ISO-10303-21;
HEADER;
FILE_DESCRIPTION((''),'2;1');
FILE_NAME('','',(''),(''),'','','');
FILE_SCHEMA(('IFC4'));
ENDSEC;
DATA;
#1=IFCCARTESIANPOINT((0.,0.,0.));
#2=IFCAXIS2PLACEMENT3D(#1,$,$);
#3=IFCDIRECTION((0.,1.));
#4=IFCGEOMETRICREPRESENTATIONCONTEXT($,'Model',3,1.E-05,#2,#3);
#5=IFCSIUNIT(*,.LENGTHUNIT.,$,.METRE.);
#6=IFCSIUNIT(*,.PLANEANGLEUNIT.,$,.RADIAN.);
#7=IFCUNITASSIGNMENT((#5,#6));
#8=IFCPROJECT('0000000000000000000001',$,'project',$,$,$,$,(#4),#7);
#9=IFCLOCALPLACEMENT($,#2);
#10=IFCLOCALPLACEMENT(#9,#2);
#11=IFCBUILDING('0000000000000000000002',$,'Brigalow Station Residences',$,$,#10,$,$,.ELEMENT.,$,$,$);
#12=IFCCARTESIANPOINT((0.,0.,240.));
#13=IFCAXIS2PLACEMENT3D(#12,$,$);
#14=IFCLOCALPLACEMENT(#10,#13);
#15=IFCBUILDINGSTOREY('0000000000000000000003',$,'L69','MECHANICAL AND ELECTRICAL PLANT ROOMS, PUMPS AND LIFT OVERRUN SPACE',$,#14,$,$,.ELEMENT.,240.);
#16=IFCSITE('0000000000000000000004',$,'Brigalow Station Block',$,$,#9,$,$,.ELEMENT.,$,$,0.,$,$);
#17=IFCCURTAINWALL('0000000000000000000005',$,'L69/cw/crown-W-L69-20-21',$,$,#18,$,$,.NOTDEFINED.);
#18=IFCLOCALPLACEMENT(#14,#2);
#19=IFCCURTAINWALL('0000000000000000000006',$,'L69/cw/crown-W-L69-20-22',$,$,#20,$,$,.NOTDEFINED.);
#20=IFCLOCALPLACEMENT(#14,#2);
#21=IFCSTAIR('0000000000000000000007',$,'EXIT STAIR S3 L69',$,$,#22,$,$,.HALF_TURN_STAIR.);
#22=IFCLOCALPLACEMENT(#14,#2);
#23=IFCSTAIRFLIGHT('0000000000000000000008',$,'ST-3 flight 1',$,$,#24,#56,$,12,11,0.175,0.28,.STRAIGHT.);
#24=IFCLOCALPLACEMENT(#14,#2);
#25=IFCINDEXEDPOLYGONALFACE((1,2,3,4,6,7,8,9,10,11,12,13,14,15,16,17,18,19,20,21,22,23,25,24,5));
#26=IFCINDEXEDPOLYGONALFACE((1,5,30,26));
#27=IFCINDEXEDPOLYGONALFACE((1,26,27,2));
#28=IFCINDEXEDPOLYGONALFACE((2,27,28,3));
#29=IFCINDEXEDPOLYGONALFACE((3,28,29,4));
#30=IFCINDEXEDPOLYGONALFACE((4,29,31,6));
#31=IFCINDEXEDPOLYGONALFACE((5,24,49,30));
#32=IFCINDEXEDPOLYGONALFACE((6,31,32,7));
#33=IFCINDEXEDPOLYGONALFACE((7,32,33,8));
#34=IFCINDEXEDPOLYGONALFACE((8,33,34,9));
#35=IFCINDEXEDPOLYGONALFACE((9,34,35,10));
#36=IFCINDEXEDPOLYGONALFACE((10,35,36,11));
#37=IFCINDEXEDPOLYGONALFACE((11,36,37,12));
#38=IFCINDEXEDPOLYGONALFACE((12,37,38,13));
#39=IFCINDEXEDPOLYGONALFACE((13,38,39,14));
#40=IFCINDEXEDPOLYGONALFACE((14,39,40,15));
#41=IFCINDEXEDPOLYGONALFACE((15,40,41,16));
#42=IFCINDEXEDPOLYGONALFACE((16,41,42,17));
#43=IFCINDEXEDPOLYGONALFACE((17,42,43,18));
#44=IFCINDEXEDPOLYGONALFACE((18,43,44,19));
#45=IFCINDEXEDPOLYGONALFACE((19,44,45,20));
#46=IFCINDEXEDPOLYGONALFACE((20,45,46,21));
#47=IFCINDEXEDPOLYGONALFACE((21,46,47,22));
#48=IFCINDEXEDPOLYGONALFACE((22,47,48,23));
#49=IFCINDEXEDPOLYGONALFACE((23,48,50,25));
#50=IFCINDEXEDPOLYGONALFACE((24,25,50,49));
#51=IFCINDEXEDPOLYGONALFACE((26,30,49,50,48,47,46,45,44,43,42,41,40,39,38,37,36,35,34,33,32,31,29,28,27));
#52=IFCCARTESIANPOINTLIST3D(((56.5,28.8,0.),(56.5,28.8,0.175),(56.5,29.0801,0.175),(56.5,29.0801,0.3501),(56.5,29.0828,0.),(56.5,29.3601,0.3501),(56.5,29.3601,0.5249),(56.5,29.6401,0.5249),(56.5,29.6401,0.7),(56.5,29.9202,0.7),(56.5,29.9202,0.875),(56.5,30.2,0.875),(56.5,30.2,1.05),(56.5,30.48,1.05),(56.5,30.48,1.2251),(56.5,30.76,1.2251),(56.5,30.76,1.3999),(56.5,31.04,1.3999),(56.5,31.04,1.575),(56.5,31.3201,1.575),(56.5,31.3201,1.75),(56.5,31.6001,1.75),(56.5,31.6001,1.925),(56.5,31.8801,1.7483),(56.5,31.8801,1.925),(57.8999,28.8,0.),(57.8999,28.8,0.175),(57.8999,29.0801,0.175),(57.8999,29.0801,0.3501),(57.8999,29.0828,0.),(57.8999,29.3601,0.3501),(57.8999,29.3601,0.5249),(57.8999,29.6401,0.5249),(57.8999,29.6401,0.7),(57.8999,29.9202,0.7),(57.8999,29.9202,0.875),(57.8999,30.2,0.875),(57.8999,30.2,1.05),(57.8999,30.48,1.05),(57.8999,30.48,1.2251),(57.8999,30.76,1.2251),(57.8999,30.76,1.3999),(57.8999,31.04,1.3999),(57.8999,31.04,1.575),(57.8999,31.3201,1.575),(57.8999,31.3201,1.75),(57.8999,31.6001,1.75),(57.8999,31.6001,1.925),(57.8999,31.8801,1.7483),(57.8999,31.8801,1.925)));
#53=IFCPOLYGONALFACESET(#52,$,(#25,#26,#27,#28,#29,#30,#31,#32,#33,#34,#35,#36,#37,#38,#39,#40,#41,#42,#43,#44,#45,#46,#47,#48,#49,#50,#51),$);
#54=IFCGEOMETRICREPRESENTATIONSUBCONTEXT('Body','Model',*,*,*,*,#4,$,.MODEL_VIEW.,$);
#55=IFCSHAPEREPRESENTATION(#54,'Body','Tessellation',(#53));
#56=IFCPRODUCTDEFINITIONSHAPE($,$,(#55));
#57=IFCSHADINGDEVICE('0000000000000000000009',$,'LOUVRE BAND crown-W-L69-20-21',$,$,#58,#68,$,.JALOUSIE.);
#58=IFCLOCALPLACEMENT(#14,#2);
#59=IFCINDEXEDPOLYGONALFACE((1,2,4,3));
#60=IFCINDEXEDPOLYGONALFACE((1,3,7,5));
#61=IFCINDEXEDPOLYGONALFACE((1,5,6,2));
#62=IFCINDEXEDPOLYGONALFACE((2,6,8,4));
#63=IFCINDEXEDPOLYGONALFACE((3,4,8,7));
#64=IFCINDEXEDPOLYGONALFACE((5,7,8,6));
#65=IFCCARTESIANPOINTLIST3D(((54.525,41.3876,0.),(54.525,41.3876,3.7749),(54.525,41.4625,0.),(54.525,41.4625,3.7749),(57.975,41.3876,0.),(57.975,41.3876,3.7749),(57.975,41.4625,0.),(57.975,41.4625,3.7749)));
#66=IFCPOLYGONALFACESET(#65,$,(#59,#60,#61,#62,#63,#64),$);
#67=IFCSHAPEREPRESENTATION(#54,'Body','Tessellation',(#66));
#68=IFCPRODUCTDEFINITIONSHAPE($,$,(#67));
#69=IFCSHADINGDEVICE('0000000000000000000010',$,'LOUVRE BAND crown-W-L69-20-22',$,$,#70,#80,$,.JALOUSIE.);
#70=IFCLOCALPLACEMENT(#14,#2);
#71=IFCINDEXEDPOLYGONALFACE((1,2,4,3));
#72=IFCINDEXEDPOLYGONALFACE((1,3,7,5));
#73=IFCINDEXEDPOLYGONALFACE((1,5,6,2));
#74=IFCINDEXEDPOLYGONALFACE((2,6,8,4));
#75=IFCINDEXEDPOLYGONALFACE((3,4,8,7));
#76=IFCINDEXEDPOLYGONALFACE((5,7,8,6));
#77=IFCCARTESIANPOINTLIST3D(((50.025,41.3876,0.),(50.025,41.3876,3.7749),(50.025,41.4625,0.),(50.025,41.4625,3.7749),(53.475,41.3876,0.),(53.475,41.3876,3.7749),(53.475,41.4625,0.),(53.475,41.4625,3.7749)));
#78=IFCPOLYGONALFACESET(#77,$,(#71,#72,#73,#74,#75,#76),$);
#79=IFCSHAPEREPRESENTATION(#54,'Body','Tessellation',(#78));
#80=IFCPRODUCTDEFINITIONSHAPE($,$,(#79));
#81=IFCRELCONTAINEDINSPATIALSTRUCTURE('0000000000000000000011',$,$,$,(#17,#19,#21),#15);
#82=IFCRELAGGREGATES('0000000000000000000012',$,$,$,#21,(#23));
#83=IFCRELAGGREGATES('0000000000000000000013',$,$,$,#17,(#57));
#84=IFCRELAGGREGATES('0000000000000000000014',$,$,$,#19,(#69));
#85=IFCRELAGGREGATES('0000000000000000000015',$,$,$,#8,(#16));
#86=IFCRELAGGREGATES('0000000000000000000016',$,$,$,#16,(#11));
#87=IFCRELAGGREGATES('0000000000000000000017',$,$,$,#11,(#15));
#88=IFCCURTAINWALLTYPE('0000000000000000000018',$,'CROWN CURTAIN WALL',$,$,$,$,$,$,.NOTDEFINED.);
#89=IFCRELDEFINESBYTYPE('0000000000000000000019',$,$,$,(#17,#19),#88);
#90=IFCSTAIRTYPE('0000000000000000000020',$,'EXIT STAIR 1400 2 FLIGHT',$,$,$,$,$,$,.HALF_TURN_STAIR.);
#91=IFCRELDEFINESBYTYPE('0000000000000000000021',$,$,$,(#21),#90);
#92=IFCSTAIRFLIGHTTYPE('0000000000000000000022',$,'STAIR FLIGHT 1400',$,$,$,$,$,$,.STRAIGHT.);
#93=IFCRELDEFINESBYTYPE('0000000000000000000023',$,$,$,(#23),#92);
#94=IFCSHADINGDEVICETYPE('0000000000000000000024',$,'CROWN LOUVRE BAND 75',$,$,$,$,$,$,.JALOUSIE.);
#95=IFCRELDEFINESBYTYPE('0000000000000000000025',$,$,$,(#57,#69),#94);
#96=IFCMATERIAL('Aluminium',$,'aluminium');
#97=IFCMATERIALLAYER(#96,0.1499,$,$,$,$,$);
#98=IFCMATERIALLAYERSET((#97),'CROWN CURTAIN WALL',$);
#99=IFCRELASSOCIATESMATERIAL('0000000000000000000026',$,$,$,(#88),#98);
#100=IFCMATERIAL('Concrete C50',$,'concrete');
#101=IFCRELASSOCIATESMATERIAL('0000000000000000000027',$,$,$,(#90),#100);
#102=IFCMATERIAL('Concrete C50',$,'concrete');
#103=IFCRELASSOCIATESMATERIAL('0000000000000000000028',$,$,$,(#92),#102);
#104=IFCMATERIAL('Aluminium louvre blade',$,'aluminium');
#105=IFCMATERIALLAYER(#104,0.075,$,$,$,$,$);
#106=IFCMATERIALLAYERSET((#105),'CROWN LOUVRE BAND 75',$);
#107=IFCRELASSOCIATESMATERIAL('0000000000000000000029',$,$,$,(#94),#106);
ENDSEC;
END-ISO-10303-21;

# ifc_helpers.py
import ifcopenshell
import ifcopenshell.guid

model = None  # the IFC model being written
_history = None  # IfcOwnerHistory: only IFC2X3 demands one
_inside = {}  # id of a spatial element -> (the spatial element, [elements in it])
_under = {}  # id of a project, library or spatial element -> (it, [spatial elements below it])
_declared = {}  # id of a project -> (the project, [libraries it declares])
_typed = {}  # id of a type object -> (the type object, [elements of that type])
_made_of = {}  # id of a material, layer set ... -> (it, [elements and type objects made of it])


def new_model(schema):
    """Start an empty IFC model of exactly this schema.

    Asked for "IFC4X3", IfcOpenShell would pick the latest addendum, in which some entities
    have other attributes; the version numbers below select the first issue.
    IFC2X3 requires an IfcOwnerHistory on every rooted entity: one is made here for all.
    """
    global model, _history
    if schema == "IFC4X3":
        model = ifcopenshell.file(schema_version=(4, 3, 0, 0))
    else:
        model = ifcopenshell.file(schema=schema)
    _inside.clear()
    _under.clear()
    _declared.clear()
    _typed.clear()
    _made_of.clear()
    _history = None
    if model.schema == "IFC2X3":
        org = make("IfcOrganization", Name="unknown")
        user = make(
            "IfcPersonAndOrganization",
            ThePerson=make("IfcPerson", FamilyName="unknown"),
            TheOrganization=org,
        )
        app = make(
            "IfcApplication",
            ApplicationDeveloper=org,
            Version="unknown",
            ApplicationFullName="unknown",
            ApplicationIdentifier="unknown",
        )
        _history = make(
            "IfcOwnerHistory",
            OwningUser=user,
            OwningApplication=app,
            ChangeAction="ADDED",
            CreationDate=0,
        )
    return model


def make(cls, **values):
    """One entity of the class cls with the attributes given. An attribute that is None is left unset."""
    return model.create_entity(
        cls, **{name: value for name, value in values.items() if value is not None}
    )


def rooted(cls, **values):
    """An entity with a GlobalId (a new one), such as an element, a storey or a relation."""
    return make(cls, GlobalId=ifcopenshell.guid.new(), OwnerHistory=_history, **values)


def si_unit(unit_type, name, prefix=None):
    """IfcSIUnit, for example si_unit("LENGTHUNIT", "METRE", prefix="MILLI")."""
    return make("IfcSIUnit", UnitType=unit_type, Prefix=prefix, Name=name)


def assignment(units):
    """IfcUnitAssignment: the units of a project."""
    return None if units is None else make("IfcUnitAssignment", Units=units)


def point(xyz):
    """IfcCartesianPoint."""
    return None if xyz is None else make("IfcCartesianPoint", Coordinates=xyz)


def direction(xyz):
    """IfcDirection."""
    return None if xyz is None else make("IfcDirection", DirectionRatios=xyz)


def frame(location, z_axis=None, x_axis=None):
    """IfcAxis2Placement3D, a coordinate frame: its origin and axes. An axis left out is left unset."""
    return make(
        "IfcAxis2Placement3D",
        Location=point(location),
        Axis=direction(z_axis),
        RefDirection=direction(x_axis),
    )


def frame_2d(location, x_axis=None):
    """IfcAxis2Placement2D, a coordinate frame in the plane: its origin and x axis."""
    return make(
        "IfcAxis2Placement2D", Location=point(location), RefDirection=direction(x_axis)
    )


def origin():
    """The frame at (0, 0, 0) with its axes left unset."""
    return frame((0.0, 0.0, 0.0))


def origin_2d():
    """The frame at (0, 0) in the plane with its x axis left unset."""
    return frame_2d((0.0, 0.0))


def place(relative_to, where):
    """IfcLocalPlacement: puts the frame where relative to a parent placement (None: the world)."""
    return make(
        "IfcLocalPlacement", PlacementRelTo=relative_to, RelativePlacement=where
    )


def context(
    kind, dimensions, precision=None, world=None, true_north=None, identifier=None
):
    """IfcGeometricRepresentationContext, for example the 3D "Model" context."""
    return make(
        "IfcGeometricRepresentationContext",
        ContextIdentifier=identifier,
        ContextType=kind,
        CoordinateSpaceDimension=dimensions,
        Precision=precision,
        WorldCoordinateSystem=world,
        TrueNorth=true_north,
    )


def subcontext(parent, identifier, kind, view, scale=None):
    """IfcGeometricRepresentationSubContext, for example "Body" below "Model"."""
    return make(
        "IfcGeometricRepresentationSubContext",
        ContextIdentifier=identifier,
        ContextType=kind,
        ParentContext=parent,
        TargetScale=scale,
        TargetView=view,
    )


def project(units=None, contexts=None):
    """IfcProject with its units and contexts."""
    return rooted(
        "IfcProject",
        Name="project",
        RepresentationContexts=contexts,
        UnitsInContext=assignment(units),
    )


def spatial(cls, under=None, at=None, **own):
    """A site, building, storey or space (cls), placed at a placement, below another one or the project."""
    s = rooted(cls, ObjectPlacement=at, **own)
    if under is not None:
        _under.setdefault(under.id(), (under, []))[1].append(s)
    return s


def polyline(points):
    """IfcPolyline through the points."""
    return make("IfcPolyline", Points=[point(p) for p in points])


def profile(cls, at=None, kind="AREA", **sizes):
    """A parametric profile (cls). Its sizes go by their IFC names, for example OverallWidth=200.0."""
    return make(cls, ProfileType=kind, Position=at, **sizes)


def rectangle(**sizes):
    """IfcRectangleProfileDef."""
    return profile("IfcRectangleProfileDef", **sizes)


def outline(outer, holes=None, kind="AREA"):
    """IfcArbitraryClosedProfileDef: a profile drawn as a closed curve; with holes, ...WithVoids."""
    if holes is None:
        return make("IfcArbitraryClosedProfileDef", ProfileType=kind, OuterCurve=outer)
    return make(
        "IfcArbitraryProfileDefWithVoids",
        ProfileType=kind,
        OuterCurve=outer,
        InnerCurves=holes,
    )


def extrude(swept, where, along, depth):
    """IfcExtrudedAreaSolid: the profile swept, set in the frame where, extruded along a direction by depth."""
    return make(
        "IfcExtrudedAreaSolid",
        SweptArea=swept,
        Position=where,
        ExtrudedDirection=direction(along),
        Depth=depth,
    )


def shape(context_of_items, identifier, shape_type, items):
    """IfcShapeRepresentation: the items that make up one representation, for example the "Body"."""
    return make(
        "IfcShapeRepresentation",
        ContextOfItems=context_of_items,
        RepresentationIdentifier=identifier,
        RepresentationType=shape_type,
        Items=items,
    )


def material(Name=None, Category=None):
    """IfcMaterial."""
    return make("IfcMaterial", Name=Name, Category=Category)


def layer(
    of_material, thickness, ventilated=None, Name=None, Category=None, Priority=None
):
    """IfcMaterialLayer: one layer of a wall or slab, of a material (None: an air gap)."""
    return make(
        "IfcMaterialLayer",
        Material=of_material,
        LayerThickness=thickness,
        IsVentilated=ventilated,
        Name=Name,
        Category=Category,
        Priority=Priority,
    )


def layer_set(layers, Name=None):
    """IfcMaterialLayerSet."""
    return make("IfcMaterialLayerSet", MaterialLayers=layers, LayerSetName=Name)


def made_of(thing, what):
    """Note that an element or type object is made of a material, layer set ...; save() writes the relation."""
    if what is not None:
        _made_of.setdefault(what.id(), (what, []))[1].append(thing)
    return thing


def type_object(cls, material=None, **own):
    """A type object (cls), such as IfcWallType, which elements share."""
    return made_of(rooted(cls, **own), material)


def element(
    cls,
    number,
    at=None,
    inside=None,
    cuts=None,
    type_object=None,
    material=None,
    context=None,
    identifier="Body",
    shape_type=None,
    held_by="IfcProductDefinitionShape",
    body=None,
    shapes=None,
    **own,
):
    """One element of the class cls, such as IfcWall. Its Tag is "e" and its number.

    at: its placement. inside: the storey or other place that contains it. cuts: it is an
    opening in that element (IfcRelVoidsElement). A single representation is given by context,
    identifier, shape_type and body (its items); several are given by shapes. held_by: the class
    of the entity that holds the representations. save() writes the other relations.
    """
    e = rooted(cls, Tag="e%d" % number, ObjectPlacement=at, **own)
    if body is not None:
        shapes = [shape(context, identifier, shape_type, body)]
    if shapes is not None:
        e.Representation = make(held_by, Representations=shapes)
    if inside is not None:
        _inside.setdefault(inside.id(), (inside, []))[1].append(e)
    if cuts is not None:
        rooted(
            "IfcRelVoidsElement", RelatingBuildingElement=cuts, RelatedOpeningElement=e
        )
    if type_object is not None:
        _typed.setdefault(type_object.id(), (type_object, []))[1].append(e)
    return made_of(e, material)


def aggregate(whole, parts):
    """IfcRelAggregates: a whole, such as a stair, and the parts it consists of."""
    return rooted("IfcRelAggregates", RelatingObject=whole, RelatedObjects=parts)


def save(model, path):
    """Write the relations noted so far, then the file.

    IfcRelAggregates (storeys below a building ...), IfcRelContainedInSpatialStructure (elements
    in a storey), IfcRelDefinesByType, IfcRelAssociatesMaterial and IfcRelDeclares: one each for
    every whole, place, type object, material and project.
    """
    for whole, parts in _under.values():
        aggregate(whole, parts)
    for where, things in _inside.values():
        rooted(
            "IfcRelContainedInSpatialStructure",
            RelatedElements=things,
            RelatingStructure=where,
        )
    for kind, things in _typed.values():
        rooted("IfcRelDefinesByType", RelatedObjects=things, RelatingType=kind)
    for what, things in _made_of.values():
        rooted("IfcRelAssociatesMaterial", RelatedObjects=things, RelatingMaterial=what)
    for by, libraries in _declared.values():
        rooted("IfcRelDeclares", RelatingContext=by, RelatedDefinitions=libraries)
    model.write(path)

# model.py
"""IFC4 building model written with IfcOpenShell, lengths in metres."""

from ifc_helpers import new_model, si_unit, direction, frame, origin, origin_2d, place, context, subcontext, project, spatial, polyline, rectangle, outline, extrude, material, layer, layer_set, type_object, element, aggregate, save


model = new_model("IFC4")

# Units and contexts
model_context = context("Model", 3, precision=1e-05, world=origin(), true_north=direction((0.0, 1.0)))
body_context = subcontext(model_context, "Body", "Model", "MODEL_VIEW")
ifc_project = project(units=[si_unit("LENGTHUNIT", "METRE"), si_unit("PLANEANGLEUNIT", "RADIAN")], contexts=[model_context])

# Site, building, storey
site_placement = place(None, origin())
site = spatial("IfcSite", under=ifc_project, at=site_placement, Name="Brigalow Station Block", CompositionType="ELEMENT", RefElevation=0.0)
building_placement = place(site_placement, origin())
building = spatial("IfcBuilding", under=site, at=building_placement, Name="Brigalow Station Residences", CompositionType="ELEMENT")
storey_placement = place(building_placement, frame((0.0, 0.0, 240.0)))
storey = spatial("IfcBuildingStorey", under=building, at=storey_placement, Name="L69", Description="MECHANICAL AND ELECTRICAL PLANT ROOMS, PUMPS AND LIFT OVERRUN SPACE", CompositionType="ELEMENT", Elevation=240.0)

# Curtain wall
ifc_material_1 = material(Name="Aluminium", Category="aluminium")
ifc_layer_1 = layer(ifc_material_1, 0.1499)
ifc_layer_set_1 = layer_set([ifc_layer_1], Name="CROWN CURTAIN WALL")
curtain_wall_type = type_object("IfcCurtainWallType", Name="CROWN CURTAIN WALL", PredefinedType="NOTDEFINED", material=ifc_layer_set_1)
curtain_wall_1_placement = place(storey_placement, origin())
curtain_wall_1 = element("IfcCurtainWall", 1, at=curtain_wall_1_placement, inside=storey, type_object=curtain_wall_type, Name="L69/cw/crown-W-L69-20-21", PredefinedType="NOTDEFINED")

# Curtain wall
curtain_wall_2_placement = place(storey_placement, origin())
curtain_wall_2 = element("IfcCurtainWall", 2, at=curtain_wall_2_placement, inside=storey, type_object=curtain_wall_type, Name="L69/cw/crown-W-L69-20-22", PredefinedType="NOTDEFINED")

# Stair, stair flight
ifc_material_2 = material(Name="Concrete C50", Category="concrete")
stair_type = type_object("IfcStairType", Name="EXIT STAIR 1400 2 FLIGHT", PredefinedType="HALF_TURN_STAIR", material=ifc_material_2)
stair_placement = place(storey_placement, origin())
stair = element("IfcStair", 3, at=stair_placement, inside=storey, type_object=stair_type, Name="EXIT STAIR S3 L69", PredefinedType="HALF_TURN_STAIR")
ifc_material_3 = material(Name="Concrete C50", Category="concrete")
stair_flight_type = type_object("IfcStairFlightType", Name="STAIR FLIGHT 1400", PredefinedType="STRAIGHT", material=ifc_material_3)
stair_flight_placement = place(storey_placement, frame((57.2, 28.8, 0.0), z_axis=(0.0, 0.0, 1.0), x_axis=(0.0, 1.0, 0.0)))
stair_flight = element("IfcStairFlight", 4, at=stair_flight_placement, type_object=stair_flight_type, Name="ST-3 flight 1", NumberOfRisers=12, NumberOfTreads=11, PredefinedType="STRAIGHT", RiserHeight=0.175, TreadLength=0.28, context=body_context, shape_type="SweptSolid", body=[
    extrude(outline(polyline([(0.0, 0.0), (0.0, 0.175), (0.28, 0.175), (0.28, 0.3501), (0.5601, 0.3501), (0.5601, 0.5249), (0.8401, 0.5249), (0.8401, 0.7), (1.1201, 0.7), (1.1201, 0.875), (1.3999, 0.875), (1.3999, 1.05), (1.6799, 1.05), (1.6799, 1.2251), (1.96, 1.2251), (1.96, 1.3999), (2.24, 1.3999), (2.24, 1.575), (2.52, 1.575), (2.52, 1.75), (2.8, 1.75), (2.8, 1.925), (3.0801, 1.925), (3.0801, 2.1001), (3.0801, 1.7483), (0.2827, 0.0), (0.0, 0.0)])), frame((0.0, 0.7, 0.0), z_axis=(0.0, -1.0, 0.0), x_axis=(1.0, 0.0, 0.0)), (0.0, 0.0, 1.0), 1.3999),
])
aggregate(stair, [stair_flight])

# Shading devices
ifc_material_4 = material(Name="Aluminium louvre blade", Category="aluminium")
ifc_layer_2 = layer(ifc_material_4, 0.075)
ifc_layer_set_2 = layer_set([ifc_layer_2], Name="CROWN LOUVRE BAND 75")
shading_device_type = type_object("IfcShadingDeviceType", Name="CROWN LOUVRE BAND 75", PredefinedType="JALOUSIE", material=ifc_layer_set_2)
shading_device_1_placement = place(storey_placement, frame((56.25, 41.425, 0.0), z_axis=(0.0, 0.0, 1.0), x_axis=(-1.0, 0.0, 0.0)))
shading_device_1 = element("IfcShadingDevice", 5, at=shading_device_1_placement, type_object=shading_device_type, Name="LOUVRE BAND crown-W-L69-20-21", PredefinedType="JALOUSIE", context=body_context, shape_type="SweptSolid", body=[
    extrude(rectangle(XDim=3.45, YDim=0.075, at=origin_2d()), origin(), (0.0, 0.0, 1.0), 3.7749),
])
aggregate(curtain_wall_1, [shading_device_1])
shading_device_2_placement = place(storey_placement, frame((51.75, 41.425, 0.0), z_axis=(0.0, 0.0, 1.0), x_axis=(-1.0, 0.0, 0.0)))
shading_device_2 = element("IfcShadingDevice", 6, at=shading_device_2_placement, type_object=shading_device_type, Name="LOUVRE BAND crown-W-L69-20-22", PredefinedType="JALOUSIE", context=body_context, shape_type="SweptSolid", body=[
    extrude(rectangle(XDim=3.45, YDim=0.075, at=origin_2d()), origin(), (0.0, 0.0, 1.0), 3.7749),
])
aggregate(curtain_wall_2, [shading_device_2])

save(model, "model.ifc")
